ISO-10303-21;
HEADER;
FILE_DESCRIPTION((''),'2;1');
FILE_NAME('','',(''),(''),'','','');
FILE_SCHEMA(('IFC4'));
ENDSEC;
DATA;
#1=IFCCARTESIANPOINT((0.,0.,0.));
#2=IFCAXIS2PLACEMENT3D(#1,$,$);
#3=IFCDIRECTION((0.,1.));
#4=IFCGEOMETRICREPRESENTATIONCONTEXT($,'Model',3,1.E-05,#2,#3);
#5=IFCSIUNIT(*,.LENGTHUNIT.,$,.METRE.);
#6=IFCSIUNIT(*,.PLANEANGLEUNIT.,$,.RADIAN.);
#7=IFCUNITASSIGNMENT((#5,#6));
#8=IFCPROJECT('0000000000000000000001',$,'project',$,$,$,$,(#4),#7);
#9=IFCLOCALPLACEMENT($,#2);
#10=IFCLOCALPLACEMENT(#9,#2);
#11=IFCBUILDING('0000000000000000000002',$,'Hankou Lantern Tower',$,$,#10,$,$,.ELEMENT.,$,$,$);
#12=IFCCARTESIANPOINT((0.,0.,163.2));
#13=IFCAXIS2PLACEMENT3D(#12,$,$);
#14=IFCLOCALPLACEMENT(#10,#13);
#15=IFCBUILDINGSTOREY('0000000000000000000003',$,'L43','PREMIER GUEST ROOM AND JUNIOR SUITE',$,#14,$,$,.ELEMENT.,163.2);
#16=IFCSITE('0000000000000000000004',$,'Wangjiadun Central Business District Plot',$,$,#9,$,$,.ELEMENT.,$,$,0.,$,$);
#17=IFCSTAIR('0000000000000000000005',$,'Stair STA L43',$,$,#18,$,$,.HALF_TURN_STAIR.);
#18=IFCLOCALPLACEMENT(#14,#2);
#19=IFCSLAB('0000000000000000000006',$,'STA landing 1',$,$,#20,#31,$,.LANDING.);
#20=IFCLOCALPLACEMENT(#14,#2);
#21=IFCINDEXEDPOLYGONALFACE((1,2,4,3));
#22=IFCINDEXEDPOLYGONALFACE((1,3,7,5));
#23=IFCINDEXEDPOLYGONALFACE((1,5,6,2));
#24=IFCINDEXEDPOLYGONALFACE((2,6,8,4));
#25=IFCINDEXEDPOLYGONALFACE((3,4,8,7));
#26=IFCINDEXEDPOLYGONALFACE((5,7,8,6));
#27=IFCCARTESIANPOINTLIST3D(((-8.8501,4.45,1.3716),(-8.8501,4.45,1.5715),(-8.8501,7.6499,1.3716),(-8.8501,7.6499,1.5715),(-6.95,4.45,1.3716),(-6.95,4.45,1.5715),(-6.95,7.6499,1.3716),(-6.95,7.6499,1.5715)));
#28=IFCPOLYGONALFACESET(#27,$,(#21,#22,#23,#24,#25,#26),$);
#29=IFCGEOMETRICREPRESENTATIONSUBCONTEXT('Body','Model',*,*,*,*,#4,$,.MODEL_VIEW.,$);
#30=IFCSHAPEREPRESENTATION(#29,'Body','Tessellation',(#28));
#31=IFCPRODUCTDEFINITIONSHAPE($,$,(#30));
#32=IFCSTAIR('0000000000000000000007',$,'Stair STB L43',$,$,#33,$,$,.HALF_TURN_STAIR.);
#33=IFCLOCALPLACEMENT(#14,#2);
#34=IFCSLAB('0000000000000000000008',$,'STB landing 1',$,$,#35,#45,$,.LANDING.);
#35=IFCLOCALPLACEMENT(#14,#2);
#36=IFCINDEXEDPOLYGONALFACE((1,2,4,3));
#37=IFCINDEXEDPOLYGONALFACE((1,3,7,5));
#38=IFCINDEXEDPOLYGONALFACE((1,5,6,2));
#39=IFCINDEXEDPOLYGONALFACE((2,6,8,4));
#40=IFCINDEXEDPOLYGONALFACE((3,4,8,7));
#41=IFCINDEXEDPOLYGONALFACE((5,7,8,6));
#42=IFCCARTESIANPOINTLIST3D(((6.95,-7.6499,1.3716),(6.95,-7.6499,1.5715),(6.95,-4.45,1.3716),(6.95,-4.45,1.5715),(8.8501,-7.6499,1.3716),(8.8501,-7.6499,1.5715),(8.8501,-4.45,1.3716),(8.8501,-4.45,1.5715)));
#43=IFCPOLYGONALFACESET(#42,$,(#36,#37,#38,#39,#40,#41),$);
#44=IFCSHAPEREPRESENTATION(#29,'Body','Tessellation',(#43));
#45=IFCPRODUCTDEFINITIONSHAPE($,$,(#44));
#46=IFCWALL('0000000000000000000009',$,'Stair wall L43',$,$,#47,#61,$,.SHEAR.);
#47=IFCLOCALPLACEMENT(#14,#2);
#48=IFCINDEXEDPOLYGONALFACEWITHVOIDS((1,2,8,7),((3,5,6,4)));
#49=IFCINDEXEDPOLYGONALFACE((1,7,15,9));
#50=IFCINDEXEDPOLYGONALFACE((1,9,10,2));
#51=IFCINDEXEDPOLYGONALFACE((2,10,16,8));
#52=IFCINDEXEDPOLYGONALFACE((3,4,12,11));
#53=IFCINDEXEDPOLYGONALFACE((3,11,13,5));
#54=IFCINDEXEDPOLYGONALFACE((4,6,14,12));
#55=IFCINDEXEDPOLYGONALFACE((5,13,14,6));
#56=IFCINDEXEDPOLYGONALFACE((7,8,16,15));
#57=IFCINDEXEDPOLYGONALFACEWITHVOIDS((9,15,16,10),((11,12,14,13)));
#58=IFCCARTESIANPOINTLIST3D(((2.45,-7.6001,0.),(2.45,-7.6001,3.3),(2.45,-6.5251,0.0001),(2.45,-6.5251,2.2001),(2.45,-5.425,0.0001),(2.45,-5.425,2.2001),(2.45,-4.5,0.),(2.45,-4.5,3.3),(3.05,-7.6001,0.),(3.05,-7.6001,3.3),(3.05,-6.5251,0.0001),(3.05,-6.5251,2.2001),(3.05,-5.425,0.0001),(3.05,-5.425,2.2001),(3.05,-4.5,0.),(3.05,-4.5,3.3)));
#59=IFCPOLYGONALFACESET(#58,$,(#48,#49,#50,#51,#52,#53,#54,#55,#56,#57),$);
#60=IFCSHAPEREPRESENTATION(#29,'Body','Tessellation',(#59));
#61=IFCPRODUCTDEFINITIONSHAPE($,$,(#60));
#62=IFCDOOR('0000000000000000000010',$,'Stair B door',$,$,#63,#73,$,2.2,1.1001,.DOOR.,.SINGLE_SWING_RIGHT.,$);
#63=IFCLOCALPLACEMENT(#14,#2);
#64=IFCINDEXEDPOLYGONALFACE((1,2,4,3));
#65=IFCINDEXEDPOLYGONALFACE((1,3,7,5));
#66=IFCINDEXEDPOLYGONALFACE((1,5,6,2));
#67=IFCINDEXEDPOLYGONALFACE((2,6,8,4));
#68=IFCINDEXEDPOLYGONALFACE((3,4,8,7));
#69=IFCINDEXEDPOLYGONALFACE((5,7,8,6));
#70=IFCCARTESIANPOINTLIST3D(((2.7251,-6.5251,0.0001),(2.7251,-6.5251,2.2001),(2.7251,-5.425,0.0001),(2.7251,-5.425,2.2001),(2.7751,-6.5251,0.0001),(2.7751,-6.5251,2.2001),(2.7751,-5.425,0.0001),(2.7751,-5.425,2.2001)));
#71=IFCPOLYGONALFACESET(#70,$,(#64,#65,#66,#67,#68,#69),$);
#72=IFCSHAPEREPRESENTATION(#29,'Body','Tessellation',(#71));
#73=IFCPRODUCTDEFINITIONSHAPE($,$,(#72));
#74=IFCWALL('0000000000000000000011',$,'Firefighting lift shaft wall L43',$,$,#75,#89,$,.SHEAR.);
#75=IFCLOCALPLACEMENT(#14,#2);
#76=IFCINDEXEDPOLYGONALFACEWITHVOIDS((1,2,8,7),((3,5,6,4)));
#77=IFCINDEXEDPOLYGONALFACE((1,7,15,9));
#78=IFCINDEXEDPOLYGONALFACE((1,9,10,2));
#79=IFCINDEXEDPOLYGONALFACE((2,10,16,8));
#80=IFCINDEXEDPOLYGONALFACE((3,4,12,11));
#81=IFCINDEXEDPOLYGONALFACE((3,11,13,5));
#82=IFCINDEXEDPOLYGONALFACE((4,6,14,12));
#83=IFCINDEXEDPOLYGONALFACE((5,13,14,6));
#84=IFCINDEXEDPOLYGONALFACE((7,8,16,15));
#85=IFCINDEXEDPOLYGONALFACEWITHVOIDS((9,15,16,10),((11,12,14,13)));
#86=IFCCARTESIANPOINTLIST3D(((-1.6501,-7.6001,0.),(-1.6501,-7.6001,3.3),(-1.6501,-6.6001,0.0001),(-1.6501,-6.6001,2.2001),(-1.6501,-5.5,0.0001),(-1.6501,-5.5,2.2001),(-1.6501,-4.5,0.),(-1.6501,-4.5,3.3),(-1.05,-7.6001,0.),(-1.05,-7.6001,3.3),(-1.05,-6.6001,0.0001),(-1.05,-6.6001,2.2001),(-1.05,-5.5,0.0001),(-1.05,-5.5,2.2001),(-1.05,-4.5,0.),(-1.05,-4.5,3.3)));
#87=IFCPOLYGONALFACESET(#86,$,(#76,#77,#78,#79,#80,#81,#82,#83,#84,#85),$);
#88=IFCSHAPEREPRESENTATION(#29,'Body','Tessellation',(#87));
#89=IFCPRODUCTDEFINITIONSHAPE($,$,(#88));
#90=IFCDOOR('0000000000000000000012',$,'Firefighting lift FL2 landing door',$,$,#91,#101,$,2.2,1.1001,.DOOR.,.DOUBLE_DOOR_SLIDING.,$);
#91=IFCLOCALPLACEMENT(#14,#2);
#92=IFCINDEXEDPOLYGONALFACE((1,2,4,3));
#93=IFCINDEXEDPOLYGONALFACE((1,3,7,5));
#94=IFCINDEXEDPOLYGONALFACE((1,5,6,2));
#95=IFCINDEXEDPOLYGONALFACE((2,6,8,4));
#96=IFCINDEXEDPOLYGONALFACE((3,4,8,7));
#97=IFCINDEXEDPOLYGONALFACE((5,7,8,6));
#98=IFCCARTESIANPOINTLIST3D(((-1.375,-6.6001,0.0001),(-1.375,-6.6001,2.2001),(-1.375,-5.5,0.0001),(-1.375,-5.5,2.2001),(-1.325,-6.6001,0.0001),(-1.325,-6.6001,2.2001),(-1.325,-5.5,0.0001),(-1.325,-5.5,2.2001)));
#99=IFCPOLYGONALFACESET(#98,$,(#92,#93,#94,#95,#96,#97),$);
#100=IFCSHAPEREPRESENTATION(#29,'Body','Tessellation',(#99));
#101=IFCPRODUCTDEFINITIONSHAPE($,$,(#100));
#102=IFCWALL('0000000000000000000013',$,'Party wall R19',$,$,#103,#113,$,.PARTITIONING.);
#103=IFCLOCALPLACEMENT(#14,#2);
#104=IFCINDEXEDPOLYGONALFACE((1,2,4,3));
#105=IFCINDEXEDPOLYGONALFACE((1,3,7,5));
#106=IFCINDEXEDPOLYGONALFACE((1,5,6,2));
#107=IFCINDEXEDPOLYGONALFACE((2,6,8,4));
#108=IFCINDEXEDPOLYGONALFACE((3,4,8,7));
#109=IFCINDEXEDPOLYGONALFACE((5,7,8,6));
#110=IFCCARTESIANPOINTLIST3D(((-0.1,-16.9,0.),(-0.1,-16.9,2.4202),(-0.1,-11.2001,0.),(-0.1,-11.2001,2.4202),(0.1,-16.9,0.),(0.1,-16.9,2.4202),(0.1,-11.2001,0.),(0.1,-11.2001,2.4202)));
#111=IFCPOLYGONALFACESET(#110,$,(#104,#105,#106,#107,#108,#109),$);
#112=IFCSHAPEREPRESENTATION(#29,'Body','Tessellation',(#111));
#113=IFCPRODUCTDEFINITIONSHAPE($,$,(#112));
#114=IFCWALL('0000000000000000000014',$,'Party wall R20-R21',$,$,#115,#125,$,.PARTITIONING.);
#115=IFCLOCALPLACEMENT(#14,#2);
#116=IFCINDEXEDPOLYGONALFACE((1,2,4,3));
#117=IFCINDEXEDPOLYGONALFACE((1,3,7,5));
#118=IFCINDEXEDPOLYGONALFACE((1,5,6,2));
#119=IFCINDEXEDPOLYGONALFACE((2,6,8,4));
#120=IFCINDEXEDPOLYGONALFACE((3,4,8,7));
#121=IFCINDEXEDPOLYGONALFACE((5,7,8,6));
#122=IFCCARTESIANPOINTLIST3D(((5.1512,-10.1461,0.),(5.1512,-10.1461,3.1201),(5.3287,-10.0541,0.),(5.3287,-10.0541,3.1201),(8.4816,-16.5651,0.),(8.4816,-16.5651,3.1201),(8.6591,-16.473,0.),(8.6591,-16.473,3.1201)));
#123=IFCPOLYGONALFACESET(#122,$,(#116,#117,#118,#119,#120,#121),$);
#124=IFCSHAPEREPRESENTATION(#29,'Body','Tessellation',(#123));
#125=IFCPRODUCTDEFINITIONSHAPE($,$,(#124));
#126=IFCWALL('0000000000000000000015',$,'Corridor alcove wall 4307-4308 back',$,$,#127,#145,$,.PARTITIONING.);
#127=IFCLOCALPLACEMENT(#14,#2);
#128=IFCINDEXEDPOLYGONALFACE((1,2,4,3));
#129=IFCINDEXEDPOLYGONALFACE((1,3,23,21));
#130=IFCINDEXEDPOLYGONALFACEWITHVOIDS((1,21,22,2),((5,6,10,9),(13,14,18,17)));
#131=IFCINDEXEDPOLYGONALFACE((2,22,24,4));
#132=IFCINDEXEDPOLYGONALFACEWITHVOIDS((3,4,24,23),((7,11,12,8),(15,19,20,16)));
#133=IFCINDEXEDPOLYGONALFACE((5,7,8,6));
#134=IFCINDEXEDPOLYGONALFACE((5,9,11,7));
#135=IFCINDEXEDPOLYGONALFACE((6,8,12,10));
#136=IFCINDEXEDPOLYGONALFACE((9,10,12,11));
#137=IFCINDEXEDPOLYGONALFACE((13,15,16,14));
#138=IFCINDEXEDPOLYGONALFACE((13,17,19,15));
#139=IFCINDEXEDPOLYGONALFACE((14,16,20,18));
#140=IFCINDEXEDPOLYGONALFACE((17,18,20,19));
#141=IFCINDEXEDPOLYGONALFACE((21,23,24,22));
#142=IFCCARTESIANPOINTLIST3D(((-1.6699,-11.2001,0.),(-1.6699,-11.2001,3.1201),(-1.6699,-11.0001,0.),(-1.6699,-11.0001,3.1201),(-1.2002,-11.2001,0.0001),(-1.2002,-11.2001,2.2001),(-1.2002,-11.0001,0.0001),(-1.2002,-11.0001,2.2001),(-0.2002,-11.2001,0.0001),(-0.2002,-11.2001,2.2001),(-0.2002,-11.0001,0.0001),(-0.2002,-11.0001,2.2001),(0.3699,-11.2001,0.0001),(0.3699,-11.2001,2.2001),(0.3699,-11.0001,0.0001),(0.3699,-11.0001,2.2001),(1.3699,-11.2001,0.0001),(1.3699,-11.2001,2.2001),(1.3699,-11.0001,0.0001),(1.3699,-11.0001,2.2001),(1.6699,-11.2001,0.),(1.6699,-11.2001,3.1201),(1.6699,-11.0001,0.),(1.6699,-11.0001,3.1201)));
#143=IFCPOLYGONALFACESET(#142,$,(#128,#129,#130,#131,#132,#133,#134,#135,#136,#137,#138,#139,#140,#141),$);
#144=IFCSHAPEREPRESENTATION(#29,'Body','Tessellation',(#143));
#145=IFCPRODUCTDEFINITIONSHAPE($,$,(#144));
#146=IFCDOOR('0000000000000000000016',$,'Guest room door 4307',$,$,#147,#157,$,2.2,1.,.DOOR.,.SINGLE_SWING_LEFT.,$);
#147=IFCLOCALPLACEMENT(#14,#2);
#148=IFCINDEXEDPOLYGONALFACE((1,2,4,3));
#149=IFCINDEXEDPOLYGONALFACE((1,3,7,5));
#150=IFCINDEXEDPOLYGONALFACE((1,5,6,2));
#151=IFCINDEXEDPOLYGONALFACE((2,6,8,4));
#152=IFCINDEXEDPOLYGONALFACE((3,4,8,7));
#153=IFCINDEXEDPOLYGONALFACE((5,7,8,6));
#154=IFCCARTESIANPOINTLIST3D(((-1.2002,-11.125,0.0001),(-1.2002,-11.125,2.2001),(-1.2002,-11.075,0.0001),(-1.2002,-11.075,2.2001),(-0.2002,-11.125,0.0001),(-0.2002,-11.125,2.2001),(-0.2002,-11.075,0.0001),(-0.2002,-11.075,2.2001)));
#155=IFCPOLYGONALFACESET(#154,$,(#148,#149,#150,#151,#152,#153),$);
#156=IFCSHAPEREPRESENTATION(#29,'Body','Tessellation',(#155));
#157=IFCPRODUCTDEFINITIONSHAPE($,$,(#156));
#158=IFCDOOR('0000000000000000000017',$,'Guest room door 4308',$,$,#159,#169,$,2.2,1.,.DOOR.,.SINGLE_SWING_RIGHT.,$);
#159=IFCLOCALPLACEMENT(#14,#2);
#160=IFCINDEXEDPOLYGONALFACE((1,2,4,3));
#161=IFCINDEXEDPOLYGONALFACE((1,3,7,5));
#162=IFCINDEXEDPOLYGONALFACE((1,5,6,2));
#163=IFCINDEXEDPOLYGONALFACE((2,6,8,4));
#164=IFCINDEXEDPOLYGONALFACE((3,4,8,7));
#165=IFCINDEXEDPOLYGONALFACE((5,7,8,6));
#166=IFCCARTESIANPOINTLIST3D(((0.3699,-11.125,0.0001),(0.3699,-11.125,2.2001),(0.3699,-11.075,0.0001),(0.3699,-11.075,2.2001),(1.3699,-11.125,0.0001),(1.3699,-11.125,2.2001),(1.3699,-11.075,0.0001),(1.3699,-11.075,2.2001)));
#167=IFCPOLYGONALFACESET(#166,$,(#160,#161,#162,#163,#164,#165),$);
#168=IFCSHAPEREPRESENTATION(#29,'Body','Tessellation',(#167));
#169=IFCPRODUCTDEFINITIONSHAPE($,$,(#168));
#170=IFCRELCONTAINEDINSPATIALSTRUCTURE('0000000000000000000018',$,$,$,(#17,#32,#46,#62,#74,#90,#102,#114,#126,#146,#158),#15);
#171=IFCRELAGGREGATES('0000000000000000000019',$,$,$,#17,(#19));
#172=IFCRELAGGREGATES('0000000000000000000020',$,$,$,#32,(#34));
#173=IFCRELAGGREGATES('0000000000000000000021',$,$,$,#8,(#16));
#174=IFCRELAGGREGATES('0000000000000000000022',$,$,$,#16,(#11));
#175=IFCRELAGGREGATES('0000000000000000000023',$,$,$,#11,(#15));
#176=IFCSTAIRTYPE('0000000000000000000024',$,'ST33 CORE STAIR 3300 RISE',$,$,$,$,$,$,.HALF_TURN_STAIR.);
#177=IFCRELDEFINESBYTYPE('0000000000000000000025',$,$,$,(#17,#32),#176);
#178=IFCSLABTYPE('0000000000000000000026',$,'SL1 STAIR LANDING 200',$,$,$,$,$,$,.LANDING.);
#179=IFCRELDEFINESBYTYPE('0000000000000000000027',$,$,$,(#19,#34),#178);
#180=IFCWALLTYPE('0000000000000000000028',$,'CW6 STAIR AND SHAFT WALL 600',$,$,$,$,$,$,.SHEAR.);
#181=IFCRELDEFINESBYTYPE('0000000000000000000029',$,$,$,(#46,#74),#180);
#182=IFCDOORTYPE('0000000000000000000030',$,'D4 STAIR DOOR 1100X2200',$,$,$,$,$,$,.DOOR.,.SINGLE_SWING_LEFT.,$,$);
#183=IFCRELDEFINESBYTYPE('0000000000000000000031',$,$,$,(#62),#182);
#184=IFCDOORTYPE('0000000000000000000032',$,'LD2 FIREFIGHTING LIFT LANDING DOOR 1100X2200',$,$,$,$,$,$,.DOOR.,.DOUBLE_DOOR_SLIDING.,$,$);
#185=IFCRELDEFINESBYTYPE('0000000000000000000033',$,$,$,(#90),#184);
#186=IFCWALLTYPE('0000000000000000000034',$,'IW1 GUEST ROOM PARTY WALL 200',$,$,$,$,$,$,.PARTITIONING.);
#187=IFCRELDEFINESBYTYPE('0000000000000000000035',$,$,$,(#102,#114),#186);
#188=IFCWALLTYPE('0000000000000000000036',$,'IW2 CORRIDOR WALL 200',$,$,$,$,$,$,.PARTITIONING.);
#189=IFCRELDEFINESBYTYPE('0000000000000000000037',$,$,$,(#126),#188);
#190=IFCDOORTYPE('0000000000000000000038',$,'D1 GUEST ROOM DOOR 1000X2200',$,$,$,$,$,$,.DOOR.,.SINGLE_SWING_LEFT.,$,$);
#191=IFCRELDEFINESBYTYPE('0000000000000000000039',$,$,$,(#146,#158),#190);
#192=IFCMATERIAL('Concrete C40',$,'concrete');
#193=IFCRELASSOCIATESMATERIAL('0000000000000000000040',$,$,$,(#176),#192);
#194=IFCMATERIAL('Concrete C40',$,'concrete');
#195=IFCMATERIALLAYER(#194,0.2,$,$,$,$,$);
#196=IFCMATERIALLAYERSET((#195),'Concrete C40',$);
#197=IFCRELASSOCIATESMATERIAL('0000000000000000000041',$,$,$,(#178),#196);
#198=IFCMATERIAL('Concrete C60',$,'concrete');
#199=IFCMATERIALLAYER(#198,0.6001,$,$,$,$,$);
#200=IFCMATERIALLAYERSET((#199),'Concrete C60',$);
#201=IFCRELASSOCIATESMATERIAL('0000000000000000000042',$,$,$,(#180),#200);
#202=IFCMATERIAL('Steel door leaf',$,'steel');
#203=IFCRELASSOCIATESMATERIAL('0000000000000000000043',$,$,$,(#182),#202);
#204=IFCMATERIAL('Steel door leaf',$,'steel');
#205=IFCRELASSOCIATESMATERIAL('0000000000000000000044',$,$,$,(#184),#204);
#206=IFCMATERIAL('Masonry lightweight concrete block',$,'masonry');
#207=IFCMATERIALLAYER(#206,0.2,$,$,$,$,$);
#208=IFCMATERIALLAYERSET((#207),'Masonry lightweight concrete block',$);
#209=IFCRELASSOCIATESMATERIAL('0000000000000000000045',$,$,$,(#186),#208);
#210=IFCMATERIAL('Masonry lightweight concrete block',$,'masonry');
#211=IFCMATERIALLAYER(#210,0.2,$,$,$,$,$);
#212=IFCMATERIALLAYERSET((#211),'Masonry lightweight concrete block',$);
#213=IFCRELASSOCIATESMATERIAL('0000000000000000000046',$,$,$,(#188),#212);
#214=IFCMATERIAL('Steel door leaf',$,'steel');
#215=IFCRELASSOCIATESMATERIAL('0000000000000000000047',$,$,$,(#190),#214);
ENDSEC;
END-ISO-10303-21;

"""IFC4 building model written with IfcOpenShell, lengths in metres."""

from ifc_helpers import new_model, si_unit, direction, frame, frame_2d, origin, place, context, subcontext, project, spatial, polyline, rectangle, outline, extrude, material, layer, layer_set, type_object, element, fill, aggregate, save


model = new_model("IFC4")

# Units and contexts
model_context = context("Model", 3, precision=1e-05, world=origin(), true_north=direction((0.0, 1.0)))
body_context = subcontext(model_context, "Body", "Model", "MODEL_VIEW")
ifc_project = project(units=[si_unit("LENGTHUNIT", "METRE"), si_unit("PLANEANGLEUNIT", "RADIAN")], contexts=[model_context])

# Site, building, storey
site_placement = place(None, origin())
site = spatial("IfcSite", under=ifc_project, at=site_placement, Name="Wangjiadun Central Business District Plot", CompositionType="ELEMENT", RefElevation=0.0)
building_placement = place(site_placement, origin())
building = spatial("IfcBuilding", under=site, at=building_placement, Name="Hankou Lantern Tower", CompositionType="ELEMENT")
storey_placement = place(building_placement, frame((0.0, 0.0, 163.2)))
storey = spatial("IfcBuildingStorey", under=building, at=storey_placement, Name="L43", Description="PREMIER GUEST ROOM AND JUNIOR SUITE", CompositionType="ELEMENT", Elevation=163.2)

# Stairs, slabs
ifc_material_1 = material(Name="Concrete C40", Category="concrete")
stair_type = type_object("IfcStairType", Name="ST33 CORE STAIR 3300 RISE", PredefinedType="HALF_TURN_STAIR", material=ifc_material_1)
stair_1_placement = place(storey_placement, origin())
stair_1 = element("IfcStair", 1, at=stair_1_placement, inside=storey, type_object=stair_type, Name="Stair STA L43", PredefinedType="HALF_TURN_STAIR")
ifc_material_2 = material(Name="Concrete C40", Category="concrete")
ifc_layer_1 = layer(ifc_material_2, 0.2)
ifc_layer_set_1 = layer_set([ifc_layer_1], Name="Concrete C40")
slab_type_1 = type_object("IfcSlabType", Name="SL1 STAIR LANDING 200", PredefinedType="LANDING", material=ifc_layer_set_1)
slab_1_placement = place(storey_placement, frame((0.0, 0.0, 1.3716)))
slab_1 = element("IfcSlab", 2, at=slab_1_placement, type_object=slab_type_1, Name="STA landing 1", PredefinedType="LANDING", context=body_context, shape_type="SweptSolid", body=[
    extrude(outline(polyline([(-8.8501, 4.45), (-6.95, 4.45), (-6.95, 7.6499), (-8.8501, 7.6499), (-8.8501, 4.45)])), origin(), (0.0, 0.0, 1.0), 0.2),
])
aggregate(stair_1, [slab_1])
stair_2_placement = place(storey_placement, origin())
stair_2 = element("IfcStair", 3, at=stair_2_placement, inside=storey, type_object=stair_type, Name="Stair STB L43", PredefinedType="HALF_TURN_STAIR")
slab_2_placement = place(storey_placement, frame((0.0, 0.0, 1.3716)))
slab_2 = element("IfcSlab", 4, at=slab_2_placement, type_object=slab_type_1, Name="STB landing 1", PredefinedType="LANDING", context=body_context, shape_type="SweptSolid", body=[
    extrude(outline(polyline([(8.8501, -4.45), (6.95, -4.45), (6.95, -7.6499), (8.8501, -7.6499), (8.8501, -4.45)])), origin(), (0.0, 0.0, 1.0), 0.2),
])

# Walls, openings, doors
ifc_material_3 = material(Name="Concrete C60", Category="concrete")
ifc_layer_2 = layer(ifc_material_3, 0.6001)
ifc_layer_set_2 = layer_set([ifc_layer_2], Name="Concrete C60")
wall_type_1 = type_object("IfcWallType", Name="CW6 STAIR AND SHAFT WALL 600", PredefinedType="SHEAR", material=ifc_layer_set_2)
wall_1_placement = place(storey_placement, frame((2.75, -7.6001, 0.0), z_axis=(0.0, 0.0, 1.0), x_axis=(0.0, 1.0, 0.0)))
wall_1 = element("IfcWall", 5, at=wall_1_placement, inside=storey, type_object=wall_type_1, Name="Stair wall L43", PredefinedType="SHEAR", context=body_context, shape_type="SweptSolid", body=[
    extrude(rectangle(XDim=3.1001, YDim=0.6001, at=frame_2d((1.55, 0.0))), origin(), (0.0, 0.0, 1.0), 3.3),
])
opening_1_placement = place(wall_1_placement, frame((1.075, 0.0, 0.0)))
opening_1 = element("IfcOpeningElement", 6, at=opening_1_placement, cuts=wall_1, PredefinedType="OPENING", context=body_context, shape_type="SweptSolid", body=[
    extrude(rectangle(XDim=1.1001, YDim=2.2, at=frame_2d((0.55, 1.1001))), frame((0.0, 0.3101, 0.0), z_axis=(0.0, -1.0, 0.0), x_axis=(1.0, 0.0, 0.0)), (0.0, 0.0, 1.0), 0.6201),
])
ifc_material_4 = material(Name="Steel door leaf", Category="steel")
door_type_1 = type_object("IfcDoorType", Name="D4 STAIR DOOR 1100X2200", OperationType="SINGLE_SWING_LEFT", PredefinedType="DOOR", material=ifc_material_4)
door_1_placement = place(opening_1_placement, origin())
door_1 = element("IfcDoor", 7, at=door_1_placement, inside=storey, type_object=door_type_1, Name="Stair B door", OperationType="SINGLE_SWING_RIGHT", OverallHeight=2.2, OverallWidth=1.1001, PredefinedType="DOOR", context=body_context, shape_type="SweptSolid", body=[
    extrude(rectangle(XDim=1.1001, YDim=2.2, at=frame_2d((0.55, 1.1001))), frame((0.0, 0.0249, 0.0), z_axis=(0.0, -1.0, 0.0), x_axis=(1.0, 0.0, 0.0)), (0.0, 0.0, 1.0), 0.05),
])
fill(opening_1, door_1)
wall_2_placement = place(storey_placement, frame((-1.3501, -7.6001, 0.0), z_axis=(0.0, 0.0, 1.0), x_axis=(0.0, 1.0, 0.0)))
wall_2 = element("IfcWall", 8, at=wall_2_placement, inside=storey, type_object=wall_type_1, Name="Firefighting lift shaft wall L43", PredefinedType="SHEAR", context=body_context, shape_type="SweptSolid", body=[
    extrude(rectangle(XDim=3.1001, YDim=0.6001, at=frame_2d((1.55, 0.0))), origin(), (0.0, 0.0, 1.0), 3.3),
])
opening_2_placement = place(wall_2_placement, frame((1.0, 0.0, 0.0)))
opening_2 = element("IfcOpeningElement", 9, at=opening_2_placement, cuts=wall_2, PredefinedType="OPENING", context=body_context, shape_type="SweptSolid", body=[
    extrude(rectangle(XDim=1.1001, YDim=2.2, at=frame_2d((0.55, 1.1001))), frame((0.0, 0.3101, 0.0), z_axis=(0.0, -1.0, 0.0), x_axis=(1.0, 0.0, 0.0)), (0.0, 0.0, 1.0), 0.6201),
])
ifc_material_5 = material(Name="Steel door leaf", Category="steel")
door_type_2 = type_object("IfcDoorType", Name="LD2 FIREFIGHTING LIFT LANDING DOOR 1100X2200", OperationType="DOUBLE_DOOR_SLIDING", PredefinedType="DOOR", material=ifc_material_5)
door_2_placement = place(opening_2_placement, origin())
door_2 = element("IfcDoor", 10, at=door_2_placement, inside=storey, type_object=door_type_2, Name="Firefighting lift FL2 landing door", OperationType="DOUBLE_DOOR_SLIDING", OverallHeight=2.2, OverallWidth=1.1001, PredefinedType="DOOR", context=body_context, shape_type="SweptSolid", body=[
    extrude(rectangle(XDim=1.1001, YDim=2.2, at=frame_2d((0.55, 1.1001))), frame((0.0, 0.0249, 0.0), z_axis=(0.0, -1.0, 0.0), x_axis=(1.0, 0.0, 0.0)), (0.0, 0.0, 1.0), 0.05),
])
fill(opening_2, door_2)

# Walls
ifc_material_6 = material(Name="Masonry lightweight concrete block", Category="masonry")
ifc_layer_3 = layer(ifc_material_6, 0.2)
ifc_layer_set_3 = layer_set([ifc_layer_3], Name="Masonry lightweight concrete block")
wall_type_2 = type_object("IfcWallType", Name="IW1 GUEST ROOM PARTY WALL 200", PredefinedType="PARTITIONING", material=ifc_layer_set_3)
wall_3_placement = place(storey_placement, frame((0.0, -11.2, 0.0), z_axis=(0.0, 0.0, 1.0), x_axis=(0.0, -1.0, 0.0)))
element("IfcWall", 11, at=wall_3_placement, inside=storey, type_object=wall_type_2, Name="Party wall R19", PredefinedType="PARTITIONING", context=body_context, shape_type="SweptSolid", body=[
    extrude(rectangle(XDim=5.7, YDim=0.2, at=frame_2d((2.8501, 0.0))), origin(), (0.0, 0.0, 1.0), 2.4202),
])
wall_4_placement = place(storey_placement, frame((5.24, -10.1001, 0.0), z_axis=(0.0, 0.0, 1.0), x_axis=(0.460533, -0.887643, 0.0)))
element("IfcWall", 12, at=wall_4_placement, inside=storey, type_object=wall_type_2, Name="Party wall R20-R21", PredefinedType="PARTITIONING", context=body_context, shape_type="SweptSolid", body=[
    extrude(rectangle(XDim=7.2314, YDim=0.2, at=frame_2d((3.6157, 0.0))), origin(), (0.0, 0.0, 1.0), 3.1201),
])

# Wall, openings, doors
ifc_material_7 = material(Name="Masonry lightweight concrete block", Category="masonry")
ifc_layer_4 = layer(ifc_material_7, 0.2)
ifc_layer_set_4 = layer_set([ifc_layer_4], Name="Masonry lightweight concrete block")
wall_type_3 = type_object("IfcWallType", Name="IW2 CORRIDOR WALL 200", PredefinedType="PARTITIONING", material=ifc_layer_set_4)
wall_5_placement = place(storey_placement, frame((1.6699, -11.1001, 0.0), z_axis=(0.0, 0.0, 1.0), x_axis=(-1.0, 0.0, 0.0)))
wall_5 = element("IfcWall", 13, at=wall_5_placement, inside=storey, type_object=wall_type_3, Name="Corridor alcove wall 4307-4308 back", PredefinedType="PARTITIONING", context=body_context, shape_type="SweptSolid", body=[
    extrude(rectangle(XDim=3.3398, YDim=0.2, at=frame_2d((1.6699, 0.0))), origin(), (0.0, 0.0, 1.0), 3.1201),
])
opening_3_placement = place(wall_5_placement, frame((1.8701, 0.0, 0.0)))
opening_3 = element("IfcOpeningElement", 14, at=opening_3_placement, cuts=wall_5, PredefinedType="OPENING", context=body_context, shape_type="SweptSolid", body=[
    extrude(rectangle(XDim=1.0, YDim=2.2, at=frame_2d((0.5, 1.1001))), frame((0.0, 0.1099, 0.0), z_axis=(0.0, -1.0, 0.0), x_axis=(1.0, 0.0, 0.0)), (0.0, 0.0, 1.0), 0.22),
])
opening_4_placement = place(wall_5_placement, frame((0.3, 0.0, 0.0)))
opening_4 = element("IfcOpeningElement", 15, at=opening_4_placement, cuts=wall_5, PredefinedType="OPENING", context=body_context, shape_type="SweptSolid", body=[
    extrude(rectangle(XDim=1.0, YDim=2.2, at=frame_2d((0.5, 1.1001))), frame((0.0, 0.1099, 0.0), z_axis=(0.0, -1.0, 0.0), x_axis=(1.0, 0.0, 0.0)), (0.0, 0.0, 1.0), 0.22),
])
ifc_material_8 = material(Name="Steel door leaf", Category="steel")
door_type_3 = type_object("IfcDoorType", Name="D1 GUEST ROOM DOOR 1000X2200", OperationType="SINGLE_SWING_LEFT", PredefinedType="DOOR", material=ifc_material_8)
door_3_placement = place(opening_3_placement, origin())
door_3 = element("IfcDoor", 16, at=door_3_placement, inside=storey, type_object=door_type_3, Name="Guest room door 4307", OperationType="SINGLE_SWING_LEFT", OverallHeight=2.2, OverallWidth=1.0, PredefinedType="DOOR", context=body_context, shape_type="SweptSolid", body=[
    extrude(rectangle(XDim=1.0, YDim=2.2, at=frame_2d((0.5, 1.1001))), frame((0.0, 0.0249, 0.0), z_axis=(0.0, -1.0, 0.0), x_axis=(1.0, 0.0, 0.0)), (0.0, 0.0, 1.0), 0.05),
])
fill(opening_3, door_3)
door_4_placement = place(opening_4_placement, origin())
door_4 = element("IfcDoor", 17, at=door_4_placement, inside=storey, type_object=door_type_3, Name="Guest room door 4308", OperationType="SINGLE_SWING_RIGHT", OverallHeight=2.2, OverallWidth=1.0, PredefinedType="DOOR", context=body_context, shape_type="SweptSolid", body=[
    extrude(rectangle(XDim=1.0, YDim=2.2, at=frame_2d((0.5, 1.1001))), frame((0.0, 0.0249, 0.0), z_axis=(0.0, -1.0, 0.0), x_axis=(1.0, 0.0, 0.0)), (0.0, 0.0, 1.0), 0.05),
])
fill(opening_4, door_4)

aggregate(stair_2, [slab_2])

save(model, "model.ifc")
